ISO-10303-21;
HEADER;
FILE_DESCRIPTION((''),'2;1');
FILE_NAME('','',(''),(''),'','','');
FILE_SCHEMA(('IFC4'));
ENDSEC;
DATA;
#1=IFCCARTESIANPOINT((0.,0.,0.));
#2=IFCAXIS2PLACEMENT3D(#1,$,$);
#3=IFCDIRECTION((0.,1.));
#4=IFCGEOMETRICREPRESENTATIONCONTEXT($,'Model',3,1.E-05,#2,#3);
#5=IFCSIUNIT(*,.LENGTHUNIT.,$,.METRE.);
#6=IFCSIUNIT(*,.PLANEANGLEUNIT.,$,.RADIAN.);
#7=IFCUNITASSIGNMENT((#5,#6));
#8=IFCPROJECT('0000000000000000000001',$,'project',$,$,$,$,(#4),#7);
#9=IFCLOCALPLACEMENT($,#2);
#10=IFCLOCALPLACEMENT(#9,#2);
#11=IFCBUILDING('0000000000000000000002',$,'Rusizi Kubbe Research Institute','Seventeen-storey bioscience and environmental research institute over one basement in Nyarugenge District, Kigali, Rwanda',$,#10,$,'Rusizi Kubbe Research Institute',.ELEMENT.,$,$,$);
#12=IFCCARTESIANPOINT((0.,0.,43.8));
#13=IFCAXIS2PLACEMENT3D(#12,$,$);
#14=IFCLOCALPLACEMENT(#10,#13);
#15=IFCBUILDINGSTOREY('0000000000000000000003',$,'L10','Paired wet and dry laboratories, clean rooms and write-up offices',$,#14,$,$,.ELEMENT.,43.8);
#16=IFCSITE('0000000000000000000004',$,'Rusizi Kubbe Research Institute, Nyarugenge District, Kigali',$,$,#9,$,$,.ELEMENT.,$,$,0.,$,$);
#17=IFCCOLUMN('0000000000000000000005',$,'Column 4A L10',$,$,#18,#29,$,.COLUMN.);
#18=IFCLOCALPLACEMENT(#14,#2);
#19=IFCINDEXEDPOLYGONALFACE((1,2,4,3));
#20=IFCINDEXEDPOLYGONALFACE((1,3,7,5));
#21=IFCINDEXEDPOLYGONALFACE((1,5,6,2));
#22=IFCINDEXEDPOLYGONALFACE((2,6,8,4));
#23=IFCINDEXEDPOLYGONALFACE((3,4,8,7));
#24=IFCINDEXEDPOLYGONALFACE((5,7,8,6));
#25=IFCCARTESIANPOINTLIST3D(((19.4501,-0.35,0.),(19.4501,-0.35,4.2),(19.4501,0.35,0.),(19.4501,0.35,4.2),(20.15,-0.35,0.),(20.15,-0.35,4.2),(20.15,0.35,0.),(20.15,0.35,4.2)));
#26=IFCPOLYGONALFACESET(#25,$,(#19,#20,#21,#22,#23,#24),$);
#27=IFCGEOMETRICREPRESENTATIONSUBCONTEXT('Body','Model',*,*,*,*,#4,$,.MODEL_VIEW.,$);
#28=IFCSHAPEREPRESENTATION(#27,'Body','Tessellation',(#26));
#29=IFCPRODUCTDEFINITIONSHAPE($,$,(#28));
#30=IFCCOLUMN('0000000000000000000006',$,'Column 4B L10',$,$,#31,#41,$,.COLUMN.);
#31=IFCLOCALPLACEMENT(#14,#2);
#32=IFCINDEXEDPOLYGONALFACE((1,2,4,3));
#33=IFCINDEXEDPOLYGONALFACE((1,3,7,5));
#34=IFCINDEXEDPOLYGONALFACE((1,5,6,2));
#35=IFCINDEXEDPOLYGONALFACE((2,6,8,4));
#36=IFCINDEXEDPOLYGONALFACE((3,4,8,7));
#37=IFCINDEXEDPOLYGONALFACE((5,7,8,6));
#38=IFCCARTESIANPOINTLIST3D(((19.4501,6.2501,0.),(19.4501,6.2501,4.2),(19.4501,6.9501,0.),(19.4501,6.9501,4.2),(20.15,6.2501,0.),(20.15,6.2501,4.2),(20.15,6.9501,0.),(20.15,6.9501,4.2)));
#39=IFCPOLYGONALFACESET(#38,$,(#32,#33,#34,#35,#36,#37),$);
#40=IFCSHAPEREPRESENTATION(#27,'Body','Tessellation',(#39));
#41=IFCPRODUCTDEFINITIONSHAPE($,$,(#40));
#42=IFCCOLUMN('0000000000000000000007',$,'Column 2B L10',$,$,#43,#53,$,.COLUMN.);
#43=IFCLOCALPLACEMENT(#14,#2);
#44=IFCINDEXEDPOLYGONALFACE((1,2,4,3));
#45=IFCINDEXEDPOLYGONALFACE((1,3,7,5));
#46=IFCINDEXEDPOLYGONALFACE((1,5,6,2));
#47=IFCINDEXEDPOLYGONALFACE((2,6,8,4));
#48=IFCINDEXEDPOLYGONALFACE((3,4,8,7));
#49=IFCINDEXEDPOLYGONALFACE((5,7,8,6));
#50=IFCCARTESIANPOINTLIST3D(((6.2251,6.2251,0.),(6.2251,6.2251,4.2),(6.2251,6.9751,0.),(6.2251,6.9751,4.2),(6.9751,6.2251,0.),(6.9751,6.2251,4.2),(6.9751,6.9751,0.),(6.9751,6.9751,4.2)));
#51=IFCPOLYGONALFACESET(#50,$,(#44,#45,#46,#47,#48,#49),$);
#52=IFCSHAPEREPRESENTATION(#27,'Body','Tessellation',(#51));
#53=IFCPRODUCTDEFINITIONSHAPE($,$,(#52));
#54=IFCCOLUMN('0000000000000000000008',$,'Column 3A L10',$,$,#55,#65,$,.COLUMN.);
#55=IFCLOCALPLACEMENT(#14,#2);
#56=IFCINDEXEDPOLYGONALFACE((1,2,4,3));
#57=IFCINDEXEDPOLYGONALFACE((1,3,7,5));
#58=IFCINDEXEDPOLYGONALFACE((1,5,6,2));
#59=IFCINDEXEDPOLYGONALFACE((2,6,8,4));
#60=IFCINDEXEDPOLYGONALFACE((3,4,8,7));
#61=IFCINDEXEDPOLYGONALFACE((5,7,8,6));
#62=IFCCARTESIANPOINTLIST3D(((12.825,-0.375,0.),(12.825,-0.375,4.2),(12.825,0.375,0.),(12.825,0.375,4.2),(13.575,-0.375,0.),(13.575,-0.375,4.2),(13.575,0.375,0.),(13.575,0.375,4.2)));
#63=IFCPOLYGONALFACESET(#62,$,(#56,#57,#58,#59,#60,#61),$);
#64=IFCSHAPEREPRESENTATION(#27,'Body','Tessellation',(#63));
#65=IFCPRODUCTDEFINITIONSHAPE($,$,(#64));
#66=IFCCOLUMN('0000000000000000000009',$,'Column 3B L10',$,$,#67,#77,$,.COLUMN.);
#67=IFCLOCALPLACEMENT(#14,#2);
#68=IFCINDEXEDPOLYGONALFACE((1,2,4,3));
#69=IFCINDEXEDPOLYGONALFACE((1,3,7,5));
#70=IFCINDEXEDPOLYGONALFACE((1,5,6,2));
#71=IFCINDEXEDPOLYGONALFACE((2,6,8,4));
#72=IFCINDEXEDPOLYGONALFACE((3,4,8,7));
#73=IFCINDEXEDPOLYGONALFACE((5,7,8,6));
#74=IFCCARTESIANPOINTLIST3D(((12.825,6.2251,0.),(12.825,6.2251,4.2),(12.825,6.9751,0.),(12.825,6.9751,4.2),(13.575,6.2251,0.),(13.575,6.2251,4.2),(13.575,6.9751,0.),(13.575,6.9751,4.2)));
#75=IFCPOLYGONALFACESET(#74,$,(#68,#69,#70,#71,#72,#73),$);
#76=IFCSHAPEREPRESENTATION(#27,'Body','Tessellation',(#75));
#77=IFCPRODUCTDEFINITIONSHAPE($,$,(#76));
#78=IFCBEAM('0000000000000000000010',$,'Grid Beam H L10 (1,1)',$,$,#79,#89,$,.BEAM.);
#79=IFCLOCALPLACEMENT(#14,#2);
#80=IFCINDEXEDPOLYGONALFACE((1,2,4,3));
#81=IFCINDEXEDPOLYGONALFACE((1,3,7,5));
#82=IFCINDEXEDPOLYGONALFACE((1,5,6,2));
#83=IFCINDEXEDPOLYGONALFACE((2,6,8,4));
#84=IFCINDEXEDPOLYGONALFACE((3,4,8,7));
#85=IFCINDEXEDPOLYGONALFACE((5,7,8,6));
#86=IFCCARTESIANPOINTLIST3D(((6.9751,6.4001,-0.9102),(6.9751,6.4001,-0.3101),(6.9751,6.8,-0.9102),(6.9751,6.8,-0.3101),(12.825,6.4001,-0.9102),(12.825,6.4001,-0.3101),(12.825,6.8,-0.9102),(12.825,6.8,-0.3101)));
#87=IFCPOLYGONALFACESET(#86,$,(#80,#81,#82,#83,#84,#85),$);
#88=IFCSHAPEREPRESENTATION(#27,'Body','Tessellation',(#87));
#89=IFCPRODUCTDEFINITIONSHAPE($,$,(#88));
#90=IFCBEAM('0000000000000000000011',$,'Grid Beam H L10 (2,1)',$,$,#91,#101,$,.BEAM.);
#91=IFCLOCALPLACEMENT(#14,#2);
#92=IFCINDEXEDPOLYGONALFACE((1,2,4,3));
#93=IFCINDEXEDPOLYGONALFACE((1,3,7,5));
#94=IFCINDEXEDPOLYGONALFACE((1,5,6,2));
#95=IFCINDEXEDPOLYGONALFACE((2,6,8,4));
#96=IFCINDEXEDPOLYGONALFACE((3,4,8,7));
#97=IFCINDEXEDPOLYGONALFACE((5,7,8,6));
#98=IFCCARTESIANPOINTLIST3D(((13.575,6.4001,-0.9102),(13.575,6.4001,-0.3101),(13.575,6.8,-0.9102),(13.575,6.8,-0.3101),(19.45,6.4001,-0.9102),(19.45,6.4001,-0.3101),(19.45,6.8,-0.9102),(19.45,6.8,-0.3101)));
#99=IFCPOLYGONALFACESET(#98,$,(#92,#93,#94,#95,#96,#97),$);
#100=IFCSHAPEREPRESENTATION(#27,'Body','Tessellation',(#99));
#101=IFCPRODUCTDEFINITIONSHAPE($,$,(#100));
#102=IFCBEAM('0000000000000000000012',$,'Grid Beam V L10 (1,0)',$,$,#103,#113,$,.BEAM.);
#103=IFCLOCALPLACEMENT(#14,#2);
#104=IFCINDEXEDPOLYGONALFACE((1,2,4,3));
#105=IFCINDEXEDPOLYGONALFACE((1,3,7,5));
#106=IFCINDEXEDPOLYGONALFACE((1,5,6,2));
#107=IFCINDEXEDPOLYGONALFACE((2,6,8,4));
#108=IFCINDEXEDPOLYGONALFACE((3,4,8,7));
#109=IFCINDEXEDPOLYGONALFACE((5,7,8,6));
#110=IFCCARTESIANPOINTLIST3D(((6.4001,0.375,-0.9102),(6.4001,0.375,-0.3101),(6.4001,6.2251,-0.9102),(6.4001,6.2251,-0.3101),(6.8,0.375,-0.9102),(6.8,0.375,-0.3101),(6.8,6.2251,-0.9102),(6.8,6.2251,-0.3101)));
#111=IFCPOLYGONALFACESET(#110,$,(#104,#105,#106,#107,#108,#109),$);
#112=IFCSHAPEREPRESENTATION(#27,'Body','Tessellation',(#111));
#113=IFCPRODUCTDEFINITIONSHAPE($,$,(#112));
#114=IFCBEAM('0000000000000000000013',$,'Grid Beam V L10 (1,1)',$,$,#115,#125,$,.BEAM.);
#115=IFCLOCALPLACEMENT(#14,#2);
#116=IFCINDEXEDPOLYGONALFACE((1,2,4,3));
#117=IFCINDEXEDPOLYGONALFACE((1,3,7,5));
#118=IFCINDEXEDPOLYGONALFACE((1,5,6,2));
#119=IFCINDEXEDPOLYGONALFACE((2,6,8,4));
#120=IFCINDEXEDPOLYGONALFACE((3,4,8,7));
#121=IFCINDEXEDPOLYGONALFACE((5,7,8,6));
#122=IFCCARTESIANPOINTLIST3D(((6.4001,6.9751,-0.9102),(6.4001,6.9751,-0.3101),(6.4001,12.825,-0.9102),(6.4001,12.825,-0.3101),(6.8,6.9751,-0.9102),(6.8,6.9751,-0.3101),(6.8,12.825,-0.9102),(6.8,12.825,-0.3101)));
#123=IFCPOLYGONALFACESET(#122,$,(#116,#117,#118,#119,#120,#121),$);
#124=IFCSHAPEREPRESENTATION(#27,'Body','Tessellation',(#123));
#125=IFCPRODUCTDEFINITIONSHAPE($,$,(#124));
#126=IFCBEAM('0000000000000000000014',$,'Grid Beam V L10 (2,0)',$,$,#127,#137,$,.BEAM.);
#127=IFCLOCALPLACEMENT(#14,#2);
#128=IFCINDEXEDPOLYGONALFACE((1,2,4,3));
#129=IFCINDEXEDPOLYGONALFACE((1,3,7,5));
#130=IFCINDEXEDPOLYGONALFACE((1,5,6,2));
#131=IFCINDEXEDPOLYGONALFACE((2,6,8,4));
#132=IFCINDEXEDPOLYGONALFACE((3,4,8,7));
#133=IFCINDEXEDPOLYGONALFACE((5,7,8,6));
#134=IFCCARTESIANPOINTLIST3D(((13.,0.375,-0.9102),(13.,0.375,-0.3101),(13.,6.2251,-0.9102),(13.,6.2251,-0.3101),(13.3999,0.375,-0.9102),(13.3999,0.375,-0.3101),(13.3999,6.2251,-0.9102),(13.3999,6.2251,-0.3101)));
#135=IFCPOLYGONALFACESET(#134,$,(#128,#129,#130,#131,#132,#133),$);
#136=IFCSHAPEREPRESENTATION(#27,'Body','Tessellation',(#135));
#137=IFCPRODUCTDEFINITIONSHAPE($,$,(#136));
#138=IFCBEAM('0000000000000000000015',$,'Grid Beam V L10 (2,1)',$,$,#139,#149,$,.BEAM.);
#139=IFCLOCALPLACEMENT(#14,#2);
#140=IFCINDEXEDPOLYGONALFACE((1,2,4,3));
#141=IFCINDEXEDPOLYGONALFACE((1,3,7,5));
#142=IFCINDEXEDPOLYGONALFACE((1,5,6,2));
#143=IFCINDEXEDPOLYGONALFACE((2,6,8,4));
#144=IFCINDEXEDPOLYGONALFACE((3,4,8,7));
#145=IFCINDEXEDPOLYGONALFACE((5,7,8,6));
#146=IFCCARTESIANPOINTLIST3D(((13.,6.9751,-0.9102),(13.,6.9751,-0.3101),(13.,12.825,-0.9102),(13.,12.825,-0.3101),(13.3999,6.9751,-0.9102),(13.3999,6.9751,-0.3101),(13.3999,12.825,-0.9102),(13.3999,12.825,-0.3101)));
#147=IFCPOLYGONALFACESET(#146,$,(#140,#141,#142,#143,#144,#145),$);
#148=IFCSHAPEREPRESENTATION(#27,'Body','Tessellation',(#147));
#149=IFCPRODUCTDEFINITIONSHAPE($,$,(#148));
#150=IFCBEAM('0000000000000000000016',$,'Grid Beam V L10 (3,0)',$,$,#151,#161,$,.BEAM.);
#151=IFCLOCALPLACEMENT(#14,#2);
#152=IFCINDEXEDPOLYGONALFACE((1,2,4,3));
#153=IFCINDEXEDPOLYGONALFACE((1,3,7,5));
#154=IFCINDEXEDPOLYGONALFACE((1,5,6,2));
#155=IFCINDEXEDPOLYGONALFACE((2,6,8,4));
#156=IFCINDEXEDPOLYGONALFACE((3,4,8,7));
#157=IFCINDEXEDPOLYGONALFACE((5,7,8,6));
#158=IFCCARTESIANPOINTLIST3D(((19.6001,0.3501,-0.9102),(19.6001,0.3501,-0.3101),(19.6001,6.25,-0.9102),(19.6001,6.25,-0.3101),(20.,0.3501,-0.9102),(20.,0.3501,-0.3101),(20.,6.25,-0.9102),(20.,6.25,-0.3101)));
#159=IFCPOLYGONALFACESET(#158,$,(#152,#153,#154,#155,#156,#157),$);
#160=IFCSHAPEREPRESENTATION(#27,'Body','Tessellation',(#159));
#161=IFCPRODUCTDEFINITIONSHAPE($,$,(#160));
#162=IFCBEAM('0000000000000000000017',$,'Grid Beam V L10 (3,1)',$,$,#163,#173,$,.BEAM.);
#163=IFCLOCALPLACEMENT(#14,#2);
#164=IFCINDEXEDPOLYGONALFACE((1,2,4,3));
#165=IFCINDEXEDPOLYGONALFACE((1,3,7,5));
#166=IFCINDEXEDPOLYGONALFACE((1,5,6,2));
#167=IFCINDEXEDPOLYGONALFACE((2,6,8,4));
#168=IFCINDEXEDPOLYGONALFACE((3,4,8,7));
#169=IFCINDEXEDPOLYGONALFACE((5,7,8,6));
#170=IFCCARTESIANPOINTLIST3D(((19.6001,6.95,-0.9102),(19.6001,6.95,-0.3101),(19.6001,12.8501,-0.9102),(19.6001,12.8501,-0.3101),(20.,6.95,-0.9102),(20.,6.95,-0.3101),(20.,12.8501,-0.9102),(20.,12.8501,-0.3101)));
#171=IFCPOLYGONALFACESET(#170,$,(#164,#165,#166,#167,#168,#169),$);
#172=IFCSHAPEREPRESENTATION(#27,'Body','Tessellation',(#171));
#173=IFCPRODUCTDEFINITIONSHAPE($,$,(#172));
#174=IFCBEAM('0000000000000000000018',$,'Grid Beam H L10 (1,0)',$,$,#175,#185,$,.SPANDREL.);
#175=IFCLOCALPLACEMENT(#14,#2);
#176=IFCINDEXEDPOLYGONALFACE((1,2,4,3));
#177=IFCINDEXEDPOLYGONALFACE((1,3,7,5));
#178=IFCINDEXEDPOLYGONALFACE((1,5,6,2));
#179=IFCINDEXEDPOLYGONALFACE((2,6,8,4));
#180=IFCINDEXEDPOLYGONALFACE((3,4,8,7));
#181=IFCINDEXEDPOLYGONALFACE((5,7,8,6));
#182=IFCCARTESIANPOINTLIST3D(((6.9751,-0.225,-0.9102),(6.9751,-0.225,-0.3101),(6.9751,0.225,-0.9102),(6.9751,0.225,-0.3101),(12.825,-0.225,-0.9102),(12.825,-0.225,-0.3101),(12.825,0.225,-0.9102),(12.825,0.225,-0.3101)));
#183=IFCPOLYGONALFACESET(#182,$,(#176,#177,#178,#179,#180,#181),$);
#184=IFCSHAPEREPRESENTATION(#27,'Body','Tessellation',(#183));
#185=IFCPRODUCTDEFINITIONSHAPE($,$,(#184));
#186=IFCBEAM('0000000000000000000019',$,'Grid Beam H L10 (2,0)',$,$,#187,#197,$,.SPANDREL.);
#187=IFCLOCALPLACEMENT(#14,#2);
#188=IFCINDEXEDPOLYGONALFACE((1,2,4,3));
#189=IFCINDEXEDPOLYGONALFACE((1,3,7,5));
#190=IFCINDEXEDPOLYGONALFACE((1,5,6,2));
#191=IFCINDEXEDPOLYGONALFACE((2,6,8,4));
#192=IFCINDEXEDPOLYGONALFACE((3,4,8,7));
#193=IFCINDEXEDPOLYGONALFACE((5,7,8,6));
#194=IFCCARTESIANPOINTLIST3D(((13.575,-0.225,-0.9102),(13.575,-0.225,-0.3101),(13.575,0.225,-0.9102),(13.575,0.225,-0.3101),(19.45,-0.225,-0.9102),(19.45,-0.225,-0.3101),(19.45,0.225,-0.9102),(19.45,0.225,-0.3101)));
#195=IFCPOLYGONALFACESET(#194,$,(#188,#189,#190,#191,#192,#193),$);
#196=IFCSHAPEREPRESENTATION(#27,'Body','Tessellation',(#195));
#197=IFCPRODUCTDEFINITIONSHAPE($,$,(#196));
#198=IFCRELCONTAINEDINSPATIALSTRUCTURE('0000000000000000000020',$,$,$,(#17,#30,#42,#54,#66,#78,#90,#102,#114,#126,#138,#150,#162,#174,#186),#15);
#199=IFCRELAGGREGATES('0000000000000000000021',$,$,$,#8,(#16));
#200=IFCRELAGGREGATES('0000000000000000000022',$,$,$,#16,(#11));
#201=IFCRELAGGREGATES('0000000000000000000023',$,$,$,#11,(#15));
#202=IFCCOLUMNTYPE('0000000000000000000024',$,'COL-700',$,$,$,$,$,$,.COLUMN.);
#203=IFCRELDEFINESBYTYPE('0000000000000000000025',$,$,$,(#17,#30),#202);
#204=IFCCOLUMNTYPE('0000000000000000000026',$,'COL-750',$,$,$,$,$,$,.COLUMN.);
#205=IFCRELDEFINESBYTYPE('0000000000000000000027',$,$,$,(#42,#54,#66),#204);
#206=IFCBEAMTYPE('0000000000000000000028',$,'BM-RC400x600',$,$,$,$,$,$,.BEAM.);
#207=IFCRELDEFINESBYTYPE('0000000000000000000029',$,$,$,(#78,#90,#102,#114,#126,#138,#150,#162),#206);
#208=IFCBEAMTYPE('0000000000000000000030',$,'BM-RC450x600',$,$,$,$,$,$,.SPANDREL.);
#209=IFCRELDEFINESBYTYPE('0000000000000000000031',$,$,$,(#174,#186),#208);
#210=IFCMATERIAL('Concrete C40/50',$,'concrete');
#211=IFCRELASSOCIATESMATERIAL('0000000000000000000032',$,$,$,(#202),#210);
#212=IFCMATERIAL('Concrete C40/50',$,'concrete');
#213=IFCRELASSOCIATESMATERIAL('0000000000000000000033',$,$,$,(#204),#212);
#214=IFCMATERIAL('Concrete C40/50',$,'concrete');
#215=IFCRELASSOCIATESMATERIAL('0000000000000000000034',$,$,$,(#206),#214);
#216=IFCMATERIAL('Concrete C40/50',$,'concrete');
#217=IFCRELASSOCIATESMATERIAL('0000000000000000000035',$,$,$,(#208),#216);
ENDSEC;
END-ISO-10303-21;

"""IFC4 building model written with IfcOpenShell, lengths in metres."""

from ifc_helpers import new_model, si_unit, direction, frame, origin, origin_2d, place, context, subcontext, project, spatial, rectangle, extrude, material, material_profile, profile_set, type_object, element, save


model = new_model("IFC4")

# Units and contexts
model_context = context("Model", 3, precision=1e-05, world=origin(), true_north=direction((0.0, 1.0)))
body_context = subcontext(model_context, "Body", "Model", "MODEL_VIEW")
ifc_project = project(units=[si_unit("LENGTHUNIT", "METRE"), si_unit("PLANEANGLEUNIT", "RADIAN")], contexts=[model_context])

# Site, building, storey
site_placement = place(None, origin())
site = spatial("IfcSite", under=ifc_project, at=site_placement, Name="Rusizi Kubbe Research Institute, Nyarugenge District, Kigali", CompositionType="ELEMENT", RefElevation=0.0)
building_placement = place(site_placement, origin())
building = spatial("IfcBuilding", under=site, at=building_placement, Name="Rusizi Kubbe Research Institute", Description="Seventeen-storey bioscience and environmental research institute over one basement in Nyarugenge District, Kigali, Rwanda", LongName="Rusizi Kubbe Research Institute", CompositionType="ELEMENT")
storey_placement = place(building_placement, frame((0.0, 0.0, 43.8)))
storey = spatial("IfcBuildingStorey", under=building, at=storey_placement, Name="L10", Description="Paired wet and dry laboratories, clean rooms and write-up offices", CompositionType="ELEMENT", Elevation=43.8)

# Columns
ifc_material_1 = material(Name="Concrete C40/50", Category="concrete")
ifc_material_profile_1 = material_profile(ifc_material_1, rectangle(XDim=0.7, YDim=0.7, at=origin_2d()), Name="RC700x700")
ifc_profile_set_1 = profile_set([ifc_material_profile_1], Name="Concrete C40/50")
column_type_1 = type_object("IfcColumnType", Name="COL-700", PredefinedType="COLUMN", material=ifc_profile_set_1)
for number, where, z_axis, x_axis, name in (
    (1, (19.8, 0.0, 0.0), (0.0, 0.0, 1.0), (1.0, 0.0, 0.0), "Column 4A L10"),
    (2, (19.8, 6.6001, 0.0), (0.0, 0.0, 1.0), (1.0, 0.0, 0.0), "Column 4B L10"),
):
    element("IfcColumn", number, at=place(storey_placement, frame(where, z_axis=z_axis, x_axis=x_axis)), inside=storey, type_object=column_type_1, Name=name, PredefinedType="COLUMN", context=body_context, shape_type="SweptSolid", body=[
        extrude(rectangle(XDim=0.7, YDim=0.7, at=origin_2d()), origin(), (0.0, 0.0, 1.0), 4.2),
    ])
ifc_material_2 = material(Name="Concrete C40/50", Category="concrete")
ifc_material_profile_2 = material_profile(ifc_material_2, rectangle(XDim=0.75, YDim=0.75, at=origin_2d()), Name="RC750x750")
ifc_profile_set_2 = profile_set([ifc_material_profile_2], Name="Concrete C40/50")
column_type_2 = type_object("IfcColumnType", Name="COL-750", PredefinedType="COLUMN", material=ifc_profile_set_2)
for number, where, z_axis, x_axis, name in (
    (3, (6.6001, 6.6001, 0.0), (0.0, 0.0, 1.0), (1.0, 0.0, 0.0), "Column 2B L10"),
    (4, (13.2, 0.0, 0.0), (0.0, 0.0, 1.0), (1.0, 0.0, 0.0), "Column 3A L10"),
    (5, (13.2, 6.6001, 0.0), (0.0, 0.0, 1.0), (1.0, 0.0, 0.0), "Column 3B L10"),
):
    element("IfcColumn", number, at=place(storey_placement, frame(where, z_axis=z_axis, x_axis=x_axis)), inside=storey, type_object=column_type_2, Name=name, PredefinedType="COLUMN", context=body_context, shape_type="SweptSolid", body=[
        extrude(rectangle(XDim=0.75, YDim=0.75, at=origin_2d()), origin(), (0.0, 0.0, 1.0), 4.2),
    ])

# Beams
ifc_material_3 = material(Name="Concrete C40/50", Category="concrete")
ifc_material_profile_3 = material_profile(ifc_material_3, rectangle(XDim=0.3999, YDim=0.6001, at=origin_2d()), Name="RC400x600")
ifc_profile_set_3 = profile_set([ifc_material_profile_3], Name="Concrete C40/50")
beam_type_1 = type_object("IfcBeamType", Name="BM-RC400x600", PredefinedType="BEAM", material=ifc_profile_set_3)
beam_1_placement = place(storey_placement, frame((6.9751, 6.6001, -0.6101), z_axis=(1.0, 0.0, 0.0), x_axis=(0.0, 1.0, 0.0)))
element("IfcBeam", 6, at=beam_1_placement, inside=storey, type_object=beam_type_1, Name="Grid Beam H L10 (1,1)", PredefinedType="BEAM", context=body_context, shape_type="SweptSolid", body=[
    extrude(rectangle(XDim=0.3999, YDim=0.6001, at=origin_2d()), origin(), (0.0, 0.0, 1.0), 5.8499),
])
beam_2_placement = place(storey_placement, frame((13.575, 6.6001, -0.6101), z_axis=(1.0, 0.0, 0.0), x_axis=(0.0, 1.0, 0.0)))
element("IfcBeam", 7, at=beam_2_placement, inside=storey, type_object=beam_type_1, Name="Grid Beam H L10 (2,1)", PredefinedType="BEAM", context=body_context, shape_type="SweptSolid", body=[
    extrude(rectangle(XDim=0.3999, YDim=0.6001, at=origin_2d()), origin(), (0.0, 0.0, 1.0), 5.875),
])
beam_3_placement = place(storey_placement, frame((6.6001, 0.375, -0.6101), z_axis=(0.0, 1.0, 0.0), x_axis=(-1.0, 0.0, 0.0)))
element("IfcBeam", 8, at=beam_3_placement, inside=storey, type_object=beam_type_1, Name="Grid Beam V L10 (1,0)", PredefinedType="BEAM", context=body_context, shape_type="SweptSolid", body=[
    extrude(rectangle(XDim=0.3999, YDim=0.6001, at=origin_2d()), origin(), (0.0, 0.0, 1.0), 5.8501),
])
beam_4_placement = place(storey_placement, frame((6.6001, 6.9751, -0.6101), z_axis=(0.0, 1.0, 0.0), x_axis=(-1.0, 0.0, 0.0)))
element("IfcBeam", 9, at=beam_4_placement, inside=storey, type_object=beam_type_1, Name="Grid Beam V L10 (1,1)", PredefinedType="BEAM", context=body_context, shape_type="SweptSolid", body=[
    extrude(rectangle(XDim=0.3999, YDim=0.6001, at=origin_2d()), origin(), (0.0, 0.0, 1.0), 5.8499),
])
beam_5_placement = place(storey_placement, frame((13.2, 0.375, -0.6101), z_axis=(0.0, 1.0, 0.0), x_axis=(-1.0, 0.0, 0.0)))
element("IfcBeam", 10, at=beam_5_placement, inside=storey, type_object=beam_type_1, Name="Grid Beam V L10 (2,0)", PredefinedType="BEAM", context=body_context, shape_type="SweptSolid", body=[
    extrude(rectangle(XDim=0.3999, YDim=0.6001, at=origin_2d()), origin(), (0.0, 0.0, 1.0), 5.8501),
])
beam_6_placement = place(storey_placement, frame((13.2, 6.9751, -0.6101), z_axis=(0.0, 1.0, 0.0), x_axis=(-1.0, 0.0, 0.0)))
element("IfcBeam", 11, at=beam_6_placement, inside=storey, type_object=beam_type_1, Name="Grid Beam V L10 (2,1)", PredefinedType="BEAM", context=body_context, shape_type="SweptSolid", body=[
    extrude(rectangle(XDim=0.3999, YDim=0.6001, at=origin_2d()), origin(), (0.0, 0.0, 1.0), 5.8499),
])
beam_7_placement = place(storey_placement, frame((19.8, 0.3501, -0.6101), z_axis=(0.0, 1.0, 0.0), x_axis=(-1.0, 0.0, 0.0)))
element("IfcBeam", 12, at=beam_7_placement, inside=storey, type_object=beam_type_1, Name="Grid Beam V L10 (3,0)", PredefinedType="BEAM", context=body_context, shape_type="SweptSolid", body=[
    extrude(rectangle(XDim=0.3999, YDim=0.6001, at=origin_2d()), origin(), (0.0, 0.0, 1.0), 5.8999),
])
beam_8_placement = place(storey_placement, frame((19.8, 6.95, -0.6101), z_axis=(0.0, 1.0, 0.0), x_axis=(-1.0, 0.0, 0.0)))
element("IfcBeam", 13, at=beam_8_placement, inside=storey, type_object=beam_type_1, Name="Grid Beam V L10 (3,1)", PredefinedType="BEAM", context=body_context, shape_type="SweptSolid", body=[
    extrude(rectangle(XDim=0.3999, YDim=0.6001, at=origin_2d()), origin(), (0.0, 0.0, 1.0), 5.9001),
])
ifc_material_4 = material(Name="Concrete C40/50", Category="concrete")
ifc_material_profile_4 = material_profile(ifc_material_4, rectangle(XDim=0.45, YDim=0.6001, at=origin_2d()), Name="RC450x600")
ifc_profile_set_4 = profile_set([ifc_material_profile_4], Name="Concrete C40/50")
beam_type_2 = type_object("IfcBeamType", Name="BM-RC450x600", PredefinedType="SPANDREL", material=ifc_profile_set_4)
beam_9_placement = place(storey_placement, frame((6.9751, 0.0, -0.6101), z_axis=(1.0, 0.0, 0.0), x_axis=(0.0, 1.0, 0.0)))
element("IfcBeam", 14, at=beam_9_placement, inside=storey, type_object=beam_type_2, Name="Grid Beam H L10 (1,0)", PredefinedType="SPANDREL", context=body_context, shape_type="SweptSolid", body=[
    extrude(rectangle(XDim=0.45, YDim=0.6001, at=origin_2d()), origin(), (0.0, 0.0, 1.0), 5.8499),
])
beam_10_placement = place(storey_placement, frame((13.575, 0.0, -0.6101), z_axis=(1.0, 0.0, 0.0), x_axis=(0.0, 1.0, 0.0)))
element("IfcBeam", 15, at=beam_10_placement, inside=storey, type_object=beam_type_2, Name="Grid Beam H L10 (2,0)", PredefinedType="SPANDREL", context=body_context, shape_type="SweptSolid", body=[
    extrude(rectangle(XDim=0.45, YDim=0.6001, at=origin_2d()), origin(), (0.0, 0.0, 1.0), 5.875),
])

save(model, "model.ifc")
